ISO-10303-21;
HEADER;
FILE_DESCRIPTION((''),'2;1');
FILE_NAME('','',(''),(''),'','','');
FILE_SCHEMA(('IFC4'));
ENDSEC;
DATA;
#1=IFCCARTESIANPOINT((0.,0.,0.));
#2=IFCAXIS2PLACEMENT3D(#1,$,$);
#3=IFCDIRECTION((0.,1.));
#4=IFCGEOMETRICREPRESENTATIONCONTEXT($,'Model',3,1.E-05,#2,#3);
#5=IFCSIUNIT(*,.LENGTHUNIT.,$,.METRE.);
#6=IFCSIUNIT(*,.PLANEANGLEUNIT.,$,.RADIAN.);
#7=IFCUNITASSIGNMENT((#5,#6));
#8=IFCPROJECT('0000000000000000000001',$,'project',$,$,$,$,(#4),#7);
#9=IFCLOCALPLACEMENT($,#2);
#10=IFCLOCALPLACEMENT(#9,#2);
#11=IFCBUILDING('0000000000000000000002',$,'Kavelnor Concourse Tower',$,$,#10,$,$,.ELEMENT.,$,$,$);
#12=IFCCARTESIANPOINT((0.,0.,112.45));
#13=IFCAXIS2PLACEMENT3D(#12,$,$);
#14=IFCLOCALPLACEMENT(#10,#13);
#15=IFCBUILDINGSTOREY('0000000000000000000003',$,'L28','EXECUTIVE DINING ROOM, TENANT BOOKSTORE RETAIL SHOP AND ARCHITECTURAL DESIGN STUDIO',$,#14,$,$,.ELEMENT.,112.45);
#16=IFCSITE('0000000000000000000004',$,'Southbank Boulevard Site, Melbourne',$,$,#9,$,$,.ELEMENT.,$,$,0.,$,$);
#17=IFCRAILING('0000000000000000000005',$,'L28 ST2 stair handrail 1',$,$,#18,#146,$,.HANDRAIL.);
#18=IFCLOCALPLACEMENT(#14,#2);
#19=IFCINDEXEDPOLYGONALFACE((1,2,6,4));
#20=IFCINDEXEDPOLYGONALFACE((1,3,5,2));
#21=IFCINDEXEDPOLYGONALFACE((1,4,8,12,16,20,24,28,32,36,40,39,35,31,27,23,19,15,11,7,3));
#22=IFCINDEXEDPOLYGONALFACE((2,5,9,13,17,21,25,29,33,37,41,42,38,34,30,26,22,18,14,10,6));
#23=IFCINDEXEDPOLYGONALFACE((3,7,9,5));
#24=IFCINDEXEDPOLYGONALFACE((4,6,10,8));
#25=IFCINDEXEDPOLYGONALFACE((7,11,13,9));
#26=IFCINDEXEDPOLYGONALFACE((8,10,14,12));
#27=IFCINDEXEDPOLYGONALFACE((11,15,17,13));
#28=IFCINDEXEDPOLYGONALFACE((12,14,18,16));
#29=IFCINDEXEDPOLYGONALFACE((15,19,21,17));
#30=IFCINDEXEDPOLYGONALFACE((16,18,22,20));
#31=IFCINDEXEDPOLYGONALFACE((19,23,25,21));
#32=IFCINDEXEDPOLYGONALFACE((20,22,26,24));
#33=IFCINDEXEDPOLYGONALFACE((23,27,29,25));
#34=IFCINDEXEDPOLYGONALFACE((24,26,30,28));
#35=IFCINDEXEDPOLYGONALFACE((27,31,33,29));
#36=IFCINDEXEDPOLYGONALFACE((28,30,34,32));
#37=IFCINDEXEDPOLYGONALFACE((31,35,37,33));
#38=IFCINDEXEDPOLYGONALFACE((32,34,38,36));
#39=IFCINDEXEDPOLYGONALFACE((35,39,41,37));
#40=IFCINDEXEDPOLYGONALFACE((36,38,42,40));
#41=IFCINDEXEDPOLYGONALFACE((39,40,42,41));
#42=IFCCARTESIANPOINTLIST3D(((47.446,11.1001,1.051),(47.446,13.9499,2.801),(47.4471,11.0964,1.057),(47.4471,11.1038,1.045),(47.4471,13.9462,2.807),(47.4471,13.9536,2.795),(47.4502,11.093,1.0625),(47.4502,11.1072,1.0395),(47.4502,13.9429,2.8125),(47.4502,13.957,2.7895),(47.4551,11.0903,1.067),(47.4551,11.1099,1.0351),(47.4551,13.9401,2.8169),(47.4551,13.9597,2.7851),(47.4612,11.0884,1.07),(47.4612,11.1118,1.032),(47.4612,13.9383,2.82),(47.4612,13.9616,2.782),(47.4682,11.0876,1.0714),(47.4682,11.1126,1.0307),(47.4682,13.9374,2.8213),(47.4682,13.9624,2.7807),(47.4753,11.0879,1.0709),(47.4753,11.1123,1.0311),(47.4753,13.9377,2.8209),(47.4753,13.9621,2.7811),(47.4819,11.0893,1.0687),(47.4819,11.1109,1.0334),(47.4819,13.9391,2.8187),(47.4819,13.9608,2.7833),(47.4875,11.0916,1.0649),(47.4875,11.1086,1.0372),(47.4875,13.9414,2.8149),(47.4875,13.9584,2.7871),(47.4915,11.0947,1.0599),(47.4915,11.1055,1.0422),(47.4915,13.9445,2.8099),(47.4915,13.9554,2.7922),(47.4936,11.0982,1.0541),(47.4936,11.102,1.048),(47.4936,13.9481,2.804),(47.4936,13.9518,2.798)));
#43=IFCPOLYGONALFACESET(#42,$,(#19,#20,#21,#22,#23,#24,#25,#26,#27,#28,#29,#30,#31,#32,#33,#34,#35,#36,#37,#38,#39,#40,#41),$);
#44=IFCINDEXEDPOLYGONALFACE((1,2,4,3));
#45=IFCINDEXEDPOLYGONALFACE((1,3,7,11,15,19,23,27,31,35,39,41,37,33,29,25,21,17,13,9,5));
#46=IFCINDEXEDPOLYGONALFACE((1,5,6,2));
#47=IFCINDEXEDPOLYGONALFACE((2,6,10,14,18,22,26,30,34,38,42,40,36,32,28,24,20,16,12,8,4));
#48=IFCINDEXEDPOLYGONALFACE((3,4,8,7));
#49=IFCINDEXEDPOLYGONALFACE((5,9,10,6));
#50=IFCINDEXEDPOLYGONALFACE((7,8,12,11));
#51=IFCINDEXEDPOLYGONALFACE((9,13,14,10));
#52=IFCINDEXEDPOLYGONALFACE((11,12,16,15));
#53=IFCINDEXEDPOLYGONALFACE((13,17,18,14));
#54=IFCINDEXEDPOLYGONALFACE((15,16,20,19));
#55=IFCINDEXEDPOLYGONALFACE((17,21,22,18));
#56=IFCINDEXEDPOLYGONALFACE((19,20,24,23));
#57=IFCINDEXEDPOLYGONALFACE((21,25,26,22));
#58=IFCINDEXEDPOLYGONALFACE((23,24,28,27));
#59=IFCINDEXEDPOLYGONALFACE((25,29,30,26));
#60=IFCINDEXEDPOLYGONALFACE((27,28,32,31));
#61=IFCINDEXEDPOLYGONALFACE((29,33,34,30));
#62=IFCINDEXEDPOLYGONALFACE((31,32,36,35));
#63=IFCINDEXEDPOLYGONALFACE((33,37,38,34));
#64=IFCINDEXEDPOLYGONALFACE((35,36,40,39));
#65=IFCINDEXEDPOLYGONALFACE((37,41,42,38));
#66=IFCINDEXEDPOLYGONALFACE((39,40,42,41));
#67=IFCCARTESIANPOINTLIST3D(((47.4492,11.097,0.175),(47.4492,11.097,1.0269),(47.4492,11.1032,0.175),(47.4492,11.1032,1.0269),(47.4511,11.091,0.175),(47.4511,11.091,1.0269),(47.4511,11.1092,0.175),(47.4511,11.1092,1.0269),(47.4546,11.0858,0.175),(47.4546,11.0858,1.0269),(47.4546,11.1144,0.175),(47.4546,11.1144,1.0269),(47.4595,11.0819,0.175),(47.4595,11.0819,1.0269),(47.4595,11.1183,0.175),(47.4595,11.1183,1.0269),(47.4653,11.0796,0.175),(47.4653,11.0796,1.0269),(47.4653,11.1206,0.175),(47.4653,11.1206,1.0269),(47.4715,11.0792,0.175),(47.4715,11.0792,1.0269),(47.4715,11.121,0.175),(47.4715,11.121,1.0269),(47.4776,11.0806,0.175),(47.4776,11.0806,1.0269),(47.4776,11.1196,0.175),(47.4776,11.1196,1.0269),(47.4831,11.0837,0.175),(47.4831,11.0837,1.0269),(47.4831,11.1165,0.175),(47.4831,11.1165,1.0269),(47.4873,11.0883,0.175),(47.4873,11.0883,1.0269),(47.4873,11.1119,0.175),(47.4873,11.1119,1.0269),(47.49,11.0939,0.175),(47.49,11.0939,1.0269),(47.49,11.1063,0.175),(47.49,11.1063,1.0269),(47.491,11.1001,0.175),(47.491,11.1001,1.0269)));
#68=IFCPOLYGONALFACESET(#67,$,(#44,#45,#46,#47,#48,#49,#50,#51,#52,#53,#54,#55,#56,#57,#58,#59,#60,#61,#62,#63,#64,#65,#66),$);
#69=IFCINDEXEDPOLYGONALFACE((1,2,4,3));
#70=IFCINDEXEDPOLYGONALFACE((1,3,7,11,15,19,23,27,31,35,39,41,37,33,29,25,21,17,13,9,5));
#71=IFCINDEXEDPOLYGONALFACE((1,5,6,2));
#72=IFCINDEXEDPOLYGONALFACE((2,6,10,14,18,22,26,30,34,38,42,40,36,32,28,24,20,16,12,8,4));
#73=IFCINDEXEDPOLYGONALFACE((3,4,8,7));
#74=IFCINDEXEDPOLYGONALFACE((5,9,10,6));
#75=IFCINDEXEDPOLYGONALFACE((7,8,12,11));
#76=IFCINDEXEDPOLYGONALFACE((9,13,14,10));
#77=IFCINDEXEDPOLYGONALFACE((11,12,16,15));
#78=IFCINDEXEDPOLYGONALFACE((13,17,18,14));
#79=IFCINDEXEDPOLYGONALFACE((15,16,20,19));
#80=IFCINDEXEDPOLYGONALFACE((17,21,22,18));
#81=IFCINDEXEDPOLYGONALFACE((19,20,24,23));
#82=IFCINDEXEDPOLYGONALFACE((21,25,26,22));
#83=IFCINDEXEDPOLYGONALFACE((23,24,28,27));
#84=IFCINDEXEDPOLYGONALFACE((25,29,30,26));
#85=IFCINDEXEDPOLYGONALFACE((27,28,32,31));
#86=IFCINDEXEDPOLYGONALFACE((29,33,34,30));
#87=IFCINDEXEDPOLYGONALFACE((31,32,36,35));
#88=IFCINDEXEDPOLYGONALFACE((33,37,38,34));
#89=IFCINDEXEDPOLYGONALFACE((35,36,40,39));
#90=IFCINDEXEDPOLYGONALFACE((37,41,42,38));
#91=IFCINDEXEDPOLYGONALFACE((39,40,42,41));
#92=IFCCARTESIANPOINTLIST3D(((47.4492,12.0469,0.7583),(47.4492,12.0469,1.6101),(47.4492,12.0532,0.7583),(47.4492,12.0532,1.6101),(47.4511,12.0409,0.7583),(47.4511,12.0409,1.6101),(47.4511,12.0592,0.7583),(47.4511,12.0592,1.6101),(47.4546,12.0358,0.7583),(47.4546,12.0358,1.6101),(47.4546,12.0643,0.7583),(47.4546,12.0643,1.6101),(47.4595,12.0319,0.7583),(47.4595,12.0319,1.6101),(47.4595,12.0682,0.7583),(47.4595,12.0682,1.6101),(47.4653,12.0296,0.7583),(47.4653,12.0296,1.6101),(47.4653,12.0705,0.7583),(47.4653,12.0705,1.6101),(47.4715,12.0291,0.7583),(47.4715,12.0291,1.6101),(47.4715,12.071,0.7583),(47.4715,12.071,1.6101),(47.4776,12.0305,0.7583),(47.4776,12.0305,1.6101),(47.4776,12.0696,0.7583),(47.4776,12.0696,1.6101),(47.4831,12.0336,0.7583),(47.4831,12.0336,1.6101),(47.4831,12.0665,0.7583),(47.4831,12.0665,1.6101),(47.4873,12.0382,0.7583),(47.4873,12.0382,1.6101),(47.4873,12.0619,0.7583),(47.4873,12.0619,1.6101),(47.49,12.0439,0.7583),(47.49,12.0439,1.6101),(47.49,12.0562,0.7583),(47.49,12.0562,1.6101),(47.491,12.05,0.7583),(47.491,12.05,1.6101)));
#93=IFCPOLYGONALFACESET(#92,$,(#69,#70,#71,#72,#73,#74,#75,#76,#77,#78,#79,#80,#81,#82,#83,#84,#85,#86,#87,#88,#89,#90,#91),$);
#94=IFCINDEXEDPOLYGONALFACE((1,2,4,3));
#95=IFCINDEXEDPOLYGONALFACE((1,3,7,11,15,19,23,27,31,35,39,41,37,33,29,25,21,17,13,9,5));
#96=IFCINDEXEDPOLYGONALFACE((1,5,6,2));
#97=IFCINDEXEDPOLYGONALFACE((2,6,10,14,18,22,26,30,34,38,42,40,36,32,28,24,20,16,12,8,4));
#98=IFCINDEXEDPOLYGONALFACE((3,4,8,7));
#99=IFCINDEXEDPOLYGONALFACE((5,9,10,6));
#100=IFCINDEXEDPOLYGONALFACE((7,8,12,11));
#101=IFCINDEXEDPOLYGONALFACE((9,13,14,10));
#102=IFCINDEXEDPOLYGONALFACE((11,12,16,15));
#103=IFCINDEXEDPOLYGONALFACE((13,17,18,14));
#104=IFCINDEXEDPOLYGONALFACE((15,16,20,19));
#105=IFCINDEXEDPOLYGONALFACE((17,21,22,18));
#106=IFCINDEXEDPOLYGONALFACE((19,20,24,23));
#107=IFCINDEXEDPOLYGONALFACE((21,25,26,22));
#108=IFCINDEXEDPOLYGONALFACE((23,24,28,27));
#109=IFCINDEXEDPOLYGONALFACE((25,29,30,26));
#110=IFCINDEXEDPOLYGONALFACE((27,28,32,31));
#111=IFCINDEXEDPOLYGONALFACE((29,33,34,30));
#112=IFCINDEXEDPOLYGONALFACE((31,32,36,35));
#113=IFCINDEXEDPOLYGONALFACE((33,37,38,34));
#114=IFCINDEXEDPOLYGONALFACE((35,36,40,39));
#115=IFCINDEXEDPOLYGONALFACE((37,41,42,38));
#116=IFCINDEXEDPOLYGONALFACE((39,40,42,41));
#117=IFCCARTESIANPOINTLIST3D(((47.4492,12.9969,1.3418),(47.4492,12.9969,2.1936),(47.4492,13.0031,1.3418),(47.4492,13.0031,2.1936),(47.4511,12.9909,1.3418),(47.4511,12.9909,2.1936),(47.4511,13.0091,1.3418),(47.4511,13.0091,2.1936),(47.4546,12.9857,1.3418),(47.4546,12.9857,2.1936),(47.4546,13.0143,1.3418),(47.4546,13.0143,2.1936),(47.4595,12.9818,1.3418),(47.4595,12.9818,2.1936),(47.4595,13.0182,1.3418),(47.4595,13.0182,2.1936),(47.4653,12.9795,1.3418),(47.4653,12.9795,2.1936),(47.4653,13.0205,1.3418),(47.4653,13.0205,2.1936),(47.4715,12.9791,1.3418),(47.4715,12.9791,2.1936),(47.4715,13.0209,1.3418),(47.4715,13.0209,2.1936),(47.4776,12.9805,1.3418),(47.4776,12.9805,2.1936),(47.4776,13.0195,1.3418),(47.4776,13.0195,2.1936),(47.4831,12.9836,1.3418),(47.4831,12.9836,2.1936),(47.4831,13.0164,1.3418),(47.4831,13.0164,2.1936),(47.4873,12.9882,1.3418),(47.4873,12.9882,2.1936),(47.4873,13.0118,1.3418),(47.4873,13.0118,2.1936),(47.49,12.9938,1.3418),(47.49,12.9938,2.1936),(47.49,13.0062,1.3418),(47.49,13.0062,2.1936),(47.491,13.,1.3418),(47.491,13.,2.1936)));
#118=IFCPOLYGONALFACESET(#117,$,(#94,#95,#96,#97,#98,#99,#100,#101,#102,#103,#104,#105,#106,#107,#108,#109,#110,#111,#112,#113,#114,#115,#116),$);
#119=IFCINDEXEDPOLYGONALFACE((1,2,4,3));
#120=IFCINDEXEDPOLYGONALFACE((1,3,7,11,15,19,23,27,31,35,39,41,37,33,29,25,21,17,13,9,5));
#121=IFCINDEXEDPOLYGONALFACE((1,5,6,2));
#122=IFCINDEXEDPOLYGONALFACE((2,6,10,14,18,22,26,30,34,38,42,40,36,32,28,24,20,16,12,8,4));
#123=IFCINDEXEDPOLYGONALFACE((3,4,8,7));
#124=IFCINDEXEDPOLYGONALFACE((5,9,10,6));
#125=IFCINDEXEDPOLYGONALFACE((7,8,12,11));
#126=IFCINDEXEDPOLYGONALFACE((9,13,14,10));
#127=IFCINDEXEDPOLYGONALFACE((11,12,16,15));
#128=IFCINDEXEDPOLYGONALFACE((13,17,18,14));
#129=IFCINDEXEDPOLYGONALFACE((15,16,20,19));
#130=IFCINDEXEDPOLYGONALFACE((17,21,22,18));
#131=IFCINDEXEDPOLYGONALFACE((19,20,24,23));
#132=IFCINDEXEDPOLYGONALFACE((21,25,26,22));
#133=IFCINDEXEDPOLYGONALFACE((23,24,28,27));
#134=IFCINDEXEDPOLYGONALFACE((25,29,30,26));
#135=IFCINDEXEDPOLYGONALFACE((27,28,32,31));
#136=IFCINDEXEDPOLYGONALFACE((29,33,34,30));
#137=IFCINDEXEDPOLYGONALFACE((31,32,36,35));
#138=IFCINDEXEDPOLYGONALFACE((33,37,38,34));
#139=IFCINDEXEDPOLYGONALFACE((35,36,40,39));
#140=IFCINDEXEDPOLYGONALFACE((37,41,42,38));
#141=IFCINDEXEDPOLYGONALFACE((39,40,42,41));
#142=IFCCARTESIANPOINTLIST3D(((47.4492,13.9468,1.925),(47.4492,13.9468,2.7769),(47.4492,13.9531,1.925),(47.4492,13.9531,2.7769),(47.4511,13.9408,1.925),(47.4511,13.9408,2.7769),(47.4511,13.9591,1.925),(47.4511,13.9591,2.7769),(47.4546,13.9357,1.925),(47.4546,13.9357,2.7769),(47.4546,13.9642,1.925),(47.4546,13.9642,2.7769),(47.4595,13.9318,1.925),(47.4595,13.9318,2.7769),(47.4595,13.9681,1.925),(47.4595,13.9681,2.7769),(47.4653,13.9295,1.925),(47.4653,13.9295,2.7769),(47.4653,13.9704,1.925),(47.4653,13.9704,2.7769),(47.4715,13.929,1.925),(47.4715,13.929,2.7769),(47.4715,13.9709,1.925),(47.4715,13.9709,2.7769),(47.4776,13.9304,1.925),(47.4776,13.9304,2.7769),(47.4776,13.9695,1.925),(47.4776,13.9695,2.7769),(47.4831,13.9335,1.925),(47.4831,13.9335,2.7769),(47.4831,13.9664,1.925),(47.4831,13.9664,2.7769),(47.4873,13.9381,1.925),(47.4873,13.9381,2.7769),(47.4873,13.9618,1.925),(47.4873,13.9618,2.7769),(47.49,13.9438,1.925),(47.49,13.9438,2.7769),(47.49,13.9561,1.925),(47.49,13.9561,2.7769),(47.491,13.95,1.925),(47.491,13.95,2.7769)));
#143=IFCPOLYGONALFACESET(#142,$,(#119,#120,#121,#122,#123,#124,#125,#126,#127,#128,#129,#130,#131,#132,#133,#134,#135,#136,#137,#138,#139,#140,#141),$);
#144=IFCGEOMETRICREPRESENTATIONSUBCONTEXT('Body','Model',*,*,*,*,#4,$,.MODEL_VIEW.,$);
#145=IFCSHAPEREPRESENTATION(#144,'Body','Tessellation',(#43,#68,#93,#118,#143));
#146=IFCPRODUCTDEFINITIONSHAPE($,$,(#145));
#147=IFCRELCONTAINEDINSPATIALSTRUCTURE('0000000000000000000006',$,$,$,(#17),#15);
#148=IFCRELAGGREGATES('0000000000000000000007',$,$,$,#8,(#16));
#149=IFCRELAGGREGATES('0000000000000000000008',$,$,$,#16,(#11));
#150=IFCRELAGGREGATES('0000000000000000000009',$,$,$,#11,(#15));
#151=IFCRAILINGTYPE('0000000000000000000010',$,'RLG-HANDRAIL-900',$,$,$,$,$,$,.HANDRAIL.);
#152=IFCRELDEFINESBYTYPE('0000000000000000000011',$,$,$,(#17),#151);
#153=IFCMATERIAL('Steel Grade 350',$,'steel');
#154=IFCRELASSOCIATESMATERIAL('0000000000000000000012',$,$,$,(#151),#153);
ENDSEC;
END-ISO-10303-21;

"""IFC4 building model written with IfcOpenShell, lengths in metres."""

from ifc_helpers import new_model, si_unit, direction, frame, origin, origin_2d, place, context, subcontext, project, spatial, circle, extrude, material, type_object, element, save


model = new_model("IFC4")

# Units and contexts
model_context = context("Model", 3, precision=1e-05, world=origin(), true_north=direction((0.0, 1.0)))
body_context = subcontext(model_context, "Body", "Model", "MODEL_VIEW")
ifc_project = project(units=[si_unit("LENGTHUNIT", "METRE"), si_unit("PLANEANGLEUNIT", "RADIAN")], contexts=[model_context])

# Site, building, storey
site_placement = place(None, origin())
site = spatial("IfcSite", under=ifc_project, at=site_placement, Name="Southbank Boulevard Site, Melbourne", CompositionType="ELEMENT", RefElevation=0.0)
building_placement = place(site_placement, origin())
building = spatial("IfcBuilding", under=site, at=building_placement, Name="Kavelnor Concourse Tower", CompositionType="ELEMENT")
storey_placement = place(building_placement, frame((0.0, 0.0, 112.45)))
storey = spatial("IfcBuildingStorey", under=building, at=storey_placement, Name="L28", Description="EXECUTIVE DINING ROOM, TENANT BOOKSTORE RETAIL SHOP AND ARCHITECTURAL DESIGN STUDIO", CompositionType="ELEMENT", Elevation=112.45)

# Shared definitions
ifc_material_1 = material(Name="Steel Grade 350", Category="steel")

# Railing
railing_type_1 = type_object("IfcRailingType", Name="RLG-HANDRAIL-900", PredefinedType="HANDRAIL", material=ifc_material_1)
railing_1_placement = place(storey_placement, frame((47.47, 11.1001, 0.175)))
element("IfcRailing", 1, at=railing_1_placement, inside=storey, type_object=railing_type_1, Name="L28 ST2 stair handrail 1", PredefinedType="HANDRAIL", context=body_context, shape_type="SweptSolid", body=[
    extrude(circle(Radius=0.0239, at=origin_2d()), frame((0.0, 0.0, 0.876), z_axis=(0.0, 0.852159, 0.523283), x_axis=(-1.0, 0.0, 0.0)), (0.0, 0.0, 1.0), 3.3442),
    extrude(circle(Radius=0.021, at=origin_2d()), origin(), (0.0, 0.0, 1.0), 0.8518),
    extrude(circle(Radius=0.021, at=origin_2d()), frame((0.0, 0.95, 0.5833)), (0.0, 0.0, 1.0), 0.8518),
    extrude(circle(Radius=0.021, at=origin_2d()), frame((0.0, 1.8999, 1.1667)), (0.0, 0.0, 1.0), 0.8518),
    extrude(circle(Radius=0.021, at=origin_2d()), frame((0.0, 2.8499, 1.75)), (0.0, 0.0, 1.0), 0.8518),
])

save(model, "model.ifc")
